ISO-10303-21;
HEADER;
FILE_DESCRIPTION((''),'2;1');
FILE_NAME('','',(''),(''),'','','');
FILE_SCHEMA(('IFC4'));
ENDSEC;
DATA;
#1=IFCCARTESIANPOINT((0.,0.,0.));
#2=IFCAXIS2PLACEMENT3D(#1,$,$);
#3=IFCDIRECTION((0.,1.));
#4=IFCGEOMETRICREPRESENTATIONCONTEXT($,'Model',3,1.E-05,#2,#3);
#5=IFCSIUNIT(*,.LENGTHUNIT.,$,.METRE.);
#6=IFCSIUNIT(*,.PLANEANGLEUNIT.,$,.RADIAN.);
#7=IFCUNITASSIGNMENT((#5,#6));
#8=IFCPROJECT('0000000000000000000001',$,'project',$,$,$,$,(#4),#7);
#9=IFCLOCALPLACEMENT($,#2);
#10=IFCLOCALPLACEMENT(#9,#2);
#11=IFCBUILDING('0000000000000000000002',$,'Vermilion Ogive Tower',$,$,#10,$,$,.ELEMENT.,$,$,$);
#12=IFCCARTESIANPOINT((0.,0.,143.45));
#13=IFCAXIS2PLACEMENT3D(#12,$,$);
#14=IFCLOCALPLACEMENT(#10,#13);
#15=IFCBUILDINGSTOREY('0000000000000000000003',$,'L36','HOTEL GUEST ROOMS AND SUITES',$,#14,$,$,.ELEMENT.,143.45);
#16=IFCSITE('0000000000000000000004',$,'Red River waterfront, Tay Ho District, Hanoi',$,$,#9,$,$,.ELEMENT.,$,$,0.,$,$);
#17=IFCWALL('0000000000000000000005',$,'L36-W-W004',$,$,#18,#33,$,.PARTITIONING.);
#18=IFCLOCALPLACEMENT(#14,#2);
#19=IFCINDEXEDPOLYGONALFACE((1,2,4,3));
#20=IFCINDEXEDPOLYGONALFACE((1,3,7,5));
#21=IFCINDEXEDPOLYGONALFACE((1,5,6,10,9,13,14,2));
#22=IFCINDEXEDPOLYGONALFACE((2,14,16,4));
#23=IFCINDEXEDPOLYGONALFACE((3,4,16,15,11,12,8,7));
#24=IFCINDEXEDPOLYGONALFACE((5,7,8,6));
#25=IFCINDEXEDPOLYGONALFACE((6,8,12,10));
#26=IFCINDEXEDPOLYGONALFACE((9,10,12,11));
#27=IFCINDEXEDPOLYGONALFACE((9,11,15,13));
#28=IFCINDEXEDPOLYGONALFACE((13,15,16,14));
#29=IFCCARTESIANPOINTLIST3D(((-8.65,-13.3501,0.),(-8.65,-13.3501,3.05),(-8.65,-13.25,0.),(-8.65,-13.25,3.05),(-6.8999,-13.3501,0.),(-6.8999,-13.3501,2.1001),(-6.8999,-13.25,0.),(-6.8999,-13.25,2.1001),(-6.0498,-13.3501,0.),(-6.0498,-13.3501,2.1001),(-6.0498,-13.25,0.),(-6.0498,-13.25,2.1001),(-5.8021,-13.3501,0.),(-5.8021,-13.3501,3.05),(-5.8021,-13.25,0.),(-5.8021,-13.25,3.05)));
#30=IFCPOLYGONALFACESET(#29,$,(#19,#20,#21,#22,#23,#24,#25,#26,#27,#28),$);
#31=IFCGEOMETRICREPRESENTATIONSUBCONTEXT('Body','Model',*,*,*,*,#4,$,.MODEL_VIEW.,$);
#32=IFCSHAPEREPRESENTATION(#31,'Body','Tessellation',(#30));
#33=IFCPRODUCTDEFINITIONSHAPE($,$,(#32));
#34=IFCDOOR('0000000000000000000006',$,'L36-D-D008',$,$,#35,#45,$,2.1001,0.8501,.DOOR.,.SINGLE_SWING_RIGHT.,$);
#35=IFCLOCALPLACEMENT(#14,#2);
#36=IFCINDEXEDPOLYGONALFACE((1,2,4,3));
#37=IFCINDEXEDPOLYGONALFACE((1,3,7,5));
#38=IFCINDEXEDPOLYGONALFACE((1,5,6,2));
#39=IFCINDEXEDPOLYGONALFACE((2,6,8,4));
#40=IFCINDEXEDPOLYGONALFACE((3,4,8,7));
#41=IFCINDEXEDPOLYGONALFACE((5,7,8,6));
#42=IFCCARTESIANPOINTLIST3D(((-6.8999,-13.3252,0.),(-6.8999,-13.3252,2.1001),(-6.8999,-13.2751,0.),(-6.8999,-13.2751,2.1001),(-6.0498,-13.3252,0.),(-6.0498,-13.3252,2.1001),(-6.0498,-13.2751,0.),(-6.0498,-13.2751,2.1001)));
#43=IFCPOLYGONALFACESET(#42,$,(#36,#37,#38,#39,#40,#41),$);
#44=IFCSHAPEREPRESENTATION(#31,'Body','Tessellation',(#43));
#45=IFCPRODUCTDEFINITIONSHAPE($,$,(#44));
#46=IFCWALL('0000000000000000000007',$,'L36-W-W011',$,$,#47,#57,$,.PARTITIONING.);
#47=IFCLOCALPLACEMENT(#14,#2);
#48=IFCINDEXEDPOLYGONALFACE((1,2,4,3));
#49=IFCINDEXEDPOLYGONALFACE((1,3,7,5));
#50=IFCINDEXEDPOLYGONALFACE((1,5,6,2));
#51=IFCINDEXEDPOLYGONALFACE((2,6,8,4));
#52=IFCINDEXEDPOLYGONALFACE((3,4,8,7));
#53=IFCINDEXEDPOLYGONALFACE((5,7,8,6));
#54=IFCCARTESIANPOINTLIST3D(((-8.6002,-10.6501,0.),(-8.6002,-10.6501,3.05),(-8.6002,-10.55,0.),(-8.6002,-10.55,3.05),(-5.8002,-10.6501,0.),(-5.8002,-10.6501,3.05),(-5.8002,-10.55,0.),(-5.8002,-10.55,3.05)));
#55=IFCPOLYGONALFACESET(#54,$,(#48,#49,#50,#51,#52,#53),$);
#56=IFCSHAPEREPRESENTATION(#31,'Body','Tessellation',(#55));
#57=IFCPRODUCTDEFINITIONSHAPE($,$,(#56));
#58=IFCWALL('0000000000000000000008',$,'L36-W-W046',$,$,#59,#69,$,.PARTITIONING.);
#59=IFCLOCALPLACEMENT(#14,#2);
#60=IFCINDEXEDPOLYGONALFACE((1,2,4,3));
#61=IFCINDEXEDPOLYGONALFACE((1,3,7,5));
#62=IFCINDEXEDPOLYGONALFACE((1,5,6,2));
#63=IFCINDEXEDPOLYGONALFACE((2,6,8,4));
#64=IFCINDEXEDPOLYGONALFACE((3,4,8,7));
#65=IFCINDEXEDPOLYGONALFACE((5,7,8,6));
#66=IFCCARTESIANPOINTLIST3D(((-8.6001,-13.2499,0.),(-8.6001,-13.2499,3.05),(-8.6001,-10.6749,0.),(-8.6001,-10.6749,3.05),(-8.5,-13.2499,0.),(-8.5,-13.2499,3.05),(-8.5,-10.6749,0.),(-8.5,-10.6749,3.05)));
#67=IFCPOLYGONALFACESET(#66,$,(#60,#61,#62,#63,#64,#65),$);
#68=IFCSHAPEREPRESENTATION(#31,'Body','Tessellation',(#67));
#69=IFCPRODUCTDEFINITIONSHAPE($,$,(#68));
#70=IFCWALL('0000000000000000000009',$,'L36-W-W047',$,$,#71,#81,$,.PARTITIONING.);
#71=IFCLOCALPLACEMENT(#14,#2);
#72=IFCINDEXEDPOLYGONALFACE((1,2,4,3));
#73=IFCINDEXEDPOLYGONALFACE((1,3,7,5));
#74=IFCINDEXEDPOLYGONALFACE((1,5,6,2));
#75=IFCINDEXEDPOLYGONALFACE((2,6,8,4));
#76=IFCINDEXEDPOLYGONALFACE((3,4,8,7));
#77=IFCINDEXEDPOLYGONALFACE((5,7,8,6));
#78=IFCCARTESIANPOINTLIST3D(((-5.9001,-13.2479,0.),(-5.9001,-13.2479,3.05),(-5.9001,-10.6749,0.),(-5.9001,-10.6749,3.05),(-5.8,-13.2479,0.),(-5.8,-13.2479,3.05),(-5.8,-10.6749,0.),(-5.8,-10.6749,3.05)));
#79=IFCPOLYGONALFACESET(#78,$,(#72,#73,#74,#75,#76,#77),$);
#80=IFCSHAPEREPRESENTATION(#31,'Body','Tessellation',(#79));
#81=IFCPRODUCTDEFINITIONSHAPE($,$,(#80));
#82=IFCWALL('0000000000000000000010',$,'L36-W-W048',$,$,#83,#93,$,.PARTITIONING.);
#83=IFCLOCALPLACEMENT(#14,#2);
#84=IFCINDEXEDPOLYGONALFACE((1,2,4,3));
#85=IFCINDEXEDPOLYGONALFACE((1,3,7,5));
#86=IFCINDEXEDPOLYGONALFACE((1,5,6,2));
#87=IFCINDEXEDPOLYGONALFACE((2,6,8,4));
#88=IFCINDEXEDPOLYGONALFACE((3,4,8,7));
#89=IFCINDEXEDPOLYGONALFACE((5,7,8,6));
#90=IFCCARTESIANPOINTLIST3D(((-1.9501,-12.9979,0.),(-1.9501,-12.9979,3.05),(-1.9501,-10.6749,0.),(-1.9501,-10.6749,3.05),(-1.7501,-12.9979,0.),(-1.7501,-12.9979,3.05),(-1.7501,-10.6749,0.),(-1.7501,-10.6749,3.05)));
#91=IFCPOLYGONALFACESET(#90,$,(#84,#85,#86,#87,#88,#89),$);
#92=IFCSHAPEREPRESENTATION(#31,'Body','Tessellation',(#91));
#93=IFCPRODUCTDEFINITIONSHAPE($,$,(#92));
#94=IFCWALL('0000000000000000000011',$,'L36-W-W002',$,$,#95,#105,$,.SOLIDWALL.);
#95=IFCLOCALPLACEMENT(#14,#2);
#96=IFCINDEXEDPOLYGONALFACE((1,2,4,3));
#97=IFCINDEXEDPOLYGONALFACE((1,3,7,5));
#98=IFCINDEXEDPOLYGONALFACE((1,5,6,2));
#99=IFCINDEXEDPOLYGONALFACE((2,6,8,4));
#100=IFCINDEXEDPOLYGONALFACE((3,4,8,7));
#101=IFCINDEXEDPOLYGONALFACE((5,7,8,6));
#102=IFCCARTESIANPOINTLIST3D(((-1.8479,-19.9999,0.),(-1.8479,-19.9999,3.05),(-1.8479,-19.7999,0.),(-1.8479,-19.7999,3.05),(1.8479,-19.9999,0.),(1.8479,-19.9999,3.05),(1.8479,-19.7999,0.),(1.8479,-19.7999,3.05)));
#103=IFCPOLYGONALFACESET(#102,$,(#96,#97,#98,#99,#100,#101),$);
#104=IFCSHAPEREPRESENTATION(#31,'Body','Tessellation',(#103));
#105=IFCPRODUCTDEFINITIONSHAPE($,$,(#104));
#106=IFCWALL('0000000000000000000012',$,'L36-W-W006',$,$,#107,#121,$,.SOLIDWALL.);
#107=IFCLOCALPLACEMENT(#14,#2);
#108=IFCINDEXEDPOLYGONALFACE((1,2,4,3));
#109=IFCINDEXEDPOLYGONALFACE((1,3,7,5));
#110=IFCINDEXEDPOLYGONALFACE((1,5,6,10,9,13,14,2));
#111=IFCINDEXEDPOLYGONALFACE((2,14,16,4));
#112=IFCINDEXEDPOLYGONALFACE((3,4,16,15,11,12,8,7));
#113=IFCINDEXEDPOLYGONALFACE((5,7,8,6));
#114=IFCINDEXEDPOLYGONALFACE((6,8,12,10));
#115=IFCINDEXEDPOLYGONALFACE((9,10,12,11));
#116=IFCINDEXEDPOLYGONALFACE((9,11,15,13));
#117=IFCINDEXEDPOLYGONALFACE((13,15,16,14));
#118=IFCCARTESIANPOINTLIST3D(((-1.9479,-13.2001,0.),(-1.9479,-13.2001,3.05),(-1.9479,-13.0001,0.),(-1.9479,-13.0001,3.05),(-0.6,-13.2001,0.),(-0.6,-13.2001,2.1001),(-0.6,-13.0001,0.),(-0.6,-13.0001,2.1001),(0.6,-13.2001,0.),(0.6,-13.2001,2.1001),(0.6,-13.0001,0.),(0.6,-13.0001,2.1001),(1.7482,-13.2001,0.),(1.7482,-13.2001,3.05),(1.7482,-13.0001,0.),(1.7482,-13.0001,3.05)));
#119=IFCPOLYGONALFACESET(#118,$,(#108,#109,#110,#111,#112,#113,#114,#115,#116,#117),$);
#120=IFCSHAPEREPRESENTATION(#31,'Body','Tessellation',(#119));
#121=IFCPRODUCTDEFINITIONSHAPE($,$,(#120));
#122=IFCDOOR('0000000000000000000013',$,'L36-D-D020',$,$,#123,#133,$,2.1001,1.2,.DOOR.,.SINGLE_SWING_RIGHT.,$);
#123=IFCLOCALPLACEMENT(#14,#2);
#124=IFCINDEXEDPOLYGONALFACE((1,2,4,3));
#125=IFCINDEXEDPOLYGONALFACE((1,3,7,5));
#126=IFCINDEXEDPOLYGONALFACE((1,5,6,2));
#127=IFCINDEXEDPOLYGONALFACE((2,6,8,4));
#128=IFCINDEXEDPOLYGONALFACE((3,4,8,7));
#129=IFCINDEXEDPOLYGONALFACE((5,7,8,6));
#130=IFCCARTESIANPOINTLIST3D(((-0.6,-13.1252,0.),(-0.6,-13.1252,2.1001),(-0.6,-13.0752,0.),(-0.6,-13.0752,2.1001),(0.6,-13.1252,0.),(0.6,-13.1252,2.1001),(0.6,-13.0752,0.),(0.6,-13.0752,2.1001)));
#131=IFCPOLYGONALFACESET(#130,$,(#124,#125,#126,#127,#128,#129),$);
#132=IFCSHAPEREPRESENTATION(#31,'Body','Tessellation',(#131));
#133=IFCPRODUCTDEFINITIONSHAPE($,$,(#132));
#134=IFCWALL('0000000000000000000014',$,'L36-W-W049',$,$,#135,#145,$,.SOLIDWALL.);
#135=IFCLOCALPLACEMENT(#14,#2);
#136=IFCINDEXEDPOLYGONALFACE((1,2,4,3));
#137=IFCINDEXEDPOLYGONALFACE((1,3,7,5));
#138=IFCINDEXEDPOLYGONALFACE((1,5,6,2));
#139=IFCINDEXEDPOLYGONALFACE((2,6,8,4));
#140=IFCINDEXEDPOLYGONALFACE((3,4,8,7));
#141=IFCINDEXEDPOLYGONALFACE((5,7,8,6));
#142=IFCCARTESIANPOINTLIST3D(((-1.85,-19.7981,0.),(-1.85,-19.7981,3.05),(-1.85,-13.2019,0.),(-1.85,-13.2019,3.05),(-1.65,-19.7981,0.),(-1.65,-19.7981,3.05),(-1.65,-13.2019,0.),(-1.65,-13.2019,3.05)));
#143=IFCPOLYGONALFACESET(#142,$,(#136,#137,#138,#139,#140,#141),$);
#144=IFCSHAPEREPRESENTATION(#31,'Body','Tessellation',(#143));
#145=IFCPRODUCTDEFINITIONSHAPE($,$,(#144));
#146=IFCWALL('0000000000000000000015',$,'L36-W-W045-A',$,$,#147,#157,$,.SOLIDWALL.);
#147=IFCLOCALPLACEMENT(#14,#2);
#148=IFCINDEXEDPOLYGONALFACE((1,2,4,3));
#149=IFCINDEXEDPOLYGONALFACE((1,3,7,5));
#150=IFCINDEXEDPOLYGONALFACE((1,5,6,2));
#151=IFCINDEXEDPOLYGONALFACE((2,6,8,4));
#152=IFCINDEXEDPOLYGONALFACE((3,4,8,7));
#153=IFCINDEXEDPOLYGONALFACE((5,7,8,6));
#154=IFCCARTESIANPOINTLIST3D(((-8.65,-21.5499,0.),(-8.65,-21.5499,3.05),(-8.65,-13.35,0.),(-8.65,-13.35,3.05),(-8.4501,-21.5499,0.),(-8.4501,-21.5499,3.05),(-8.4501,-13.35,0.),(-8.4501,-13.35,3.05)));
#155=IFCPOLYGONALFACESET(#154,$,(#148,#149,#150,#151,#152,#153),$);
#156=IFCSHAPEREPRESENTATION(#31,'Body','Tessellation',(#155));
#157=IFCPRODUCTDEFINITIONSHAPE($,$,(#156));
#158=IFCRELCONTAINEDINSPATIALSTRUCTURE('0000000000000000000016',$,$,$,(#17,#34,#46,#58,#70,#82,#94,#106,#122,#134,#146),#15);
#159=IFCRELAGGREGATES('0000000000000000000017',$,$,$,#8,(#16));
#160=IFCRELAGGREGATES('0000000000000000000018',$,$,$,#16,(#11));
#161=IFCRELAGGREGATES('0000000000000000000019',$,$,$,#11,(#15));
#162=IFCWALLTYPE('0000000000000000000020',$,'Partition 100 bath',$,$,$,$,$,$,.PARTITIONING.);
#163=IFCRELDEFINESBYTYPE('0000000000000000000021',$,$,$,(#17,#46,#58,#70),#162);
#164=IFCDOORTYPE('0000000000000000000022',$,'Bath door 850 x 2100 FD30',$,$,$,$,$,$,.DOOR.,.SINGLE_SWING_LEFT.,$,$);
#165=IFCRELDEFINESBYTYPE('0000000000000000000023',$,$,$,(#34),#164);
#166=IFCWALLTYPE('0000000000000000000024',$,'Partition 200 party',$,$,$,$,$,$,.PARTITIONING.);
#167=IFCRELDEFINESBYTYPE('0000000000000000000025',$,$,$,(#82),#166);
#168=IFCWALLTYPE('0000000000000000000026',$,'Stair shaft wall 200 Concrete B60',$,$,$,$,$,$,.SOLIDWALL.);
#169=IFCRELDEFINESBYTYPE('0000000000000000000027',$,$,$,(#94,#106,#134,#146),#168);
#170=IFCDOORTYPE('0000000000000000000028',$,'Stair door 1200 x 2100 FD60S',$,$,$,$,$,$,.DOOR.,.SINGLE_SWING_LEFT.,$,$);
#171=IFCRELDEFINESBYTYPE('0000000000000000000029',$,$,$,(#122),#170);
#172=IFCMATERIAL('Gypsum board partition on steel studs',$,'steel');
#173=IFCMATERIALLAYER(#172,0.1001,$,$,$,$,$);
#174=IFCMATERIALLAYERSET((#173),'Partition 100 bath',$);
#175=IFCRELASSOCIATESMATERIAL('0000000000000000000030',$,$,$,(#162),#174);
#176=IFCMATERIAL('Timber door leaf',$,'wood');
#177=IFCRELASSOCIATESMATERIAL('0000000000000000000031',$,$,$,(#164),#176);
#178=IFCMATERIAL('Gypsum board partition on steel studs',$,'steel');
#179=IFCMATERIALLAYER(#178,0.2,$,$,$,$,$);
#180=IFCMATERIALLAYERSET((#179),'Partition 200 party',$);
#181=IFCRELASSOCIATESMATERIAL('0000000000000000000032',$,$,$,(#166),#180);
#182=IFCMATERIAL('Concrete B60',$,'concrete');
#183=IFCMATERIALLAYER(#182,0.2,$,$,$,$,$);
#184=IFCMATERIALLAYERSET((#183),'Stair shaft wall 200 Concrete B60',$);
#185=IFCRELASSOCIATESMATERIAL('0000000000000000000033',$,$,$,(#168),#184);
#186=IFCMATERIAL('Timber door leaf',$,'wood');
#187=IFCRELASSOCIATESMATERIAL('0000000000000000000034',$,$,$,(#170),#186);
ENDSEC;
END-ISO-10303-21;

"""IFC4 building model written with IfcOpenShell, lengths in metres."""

from ifc_helpers import new_model, si_unit, direction, frame, frame_2d, origin, place, context, subcontext, project, spatial, rectangle, extrude, material, layer, layer_set, type_object, element, fill, save


model = new_model("IFC4")

# Units and contexts
model_context = context("Model", 3, precision=1e-05, world=origin(), true_north=direction((0.0, 1.0)))
body_context = subcontext(model_context, "Body", "Model", "MODEL_VIEW")
ifc_project = project(units=[si_unit("LENGTHUNIT", "METRE"), si_unit("PLANEANGLEUNIT", "RADIAN")], contexts=[model_context])

# Site, building, storey
site_placement = place(None, origin())
site = spatial("IfcSite", under=ifc_project, at=site_placement, Name="Red River waterfront, Tay Ho District, Hanoi", CompositionType="ELEMENT", RefElevation=0.0)
building_placement = place(site_placement, origin())
building = spatial("IfcBuilding", under=site, at=building_placement, Name="Vermilion Ogive Tower", CompositionType="ELEMENT")
storey_placement = place(building_placement, frame((0.0, 0.0, 143.45)))
storey = spatial("IfcBuildingStorey", under=building, at=storey_placement, Name="L36", Description="HOTEL GUEST ROOMS AND SUITES", CompositionType="ELEMENT", Elevation=143.45)

# Wall, opening, door
ifc_material_1 = material(Name="Gypsum board partition on steel studs", Category="steel")
ifc_layer_1 = layer(ifc_material_1, 0.1001)
ifc_layer_set_1 = layer_set([ifc_layer_1], Name="Partition 100 bath")
wall_type_1 = type_object("IfcWallType", Name="Partition 100 bath", PredefinedType="PARTITIONING", material=ifc_layer_set_1)
wall_1_placement = place(storey_placement, frame((-8.6499, -13.3, 0.0), z_axis=(0.0, 0.0, 1.0), x_axis=(1.0, 0.0, 0.0)))
wall_1 = element("IfcWall", 1, at=wall_1_placement, inside=storey, type_object=wall_type_1, Name="L36-W-W004", PredefinedType="PARTITIONING", context=body_context, shape_type="SweptSolid", body=[
    extrude(rectangle(XDim=2.8479, YDim=0.1001, at=frame_2d((1.4238, 0.0))), origin(), (0.0, 0.0, 1.0), 3.05),
])
opening_1_placement = place(wall_1_placement, frame((1.75, 0.0, 0.0)))
opening_1 = element("IfcOpeningElement", 2, at=opening_1_placement, cuts=wall_1, PredefinedType="OPENING", context=body_context, shape_type="SweptSolid", body=[
    extrude(rectangle(XDim=0.8501, YDim=2.1001, at=frame_2d((0.425, 1.05))), frame((0.0, 0.0601, 0.0), z_axis=(0.0, -1.0, 0.0), x_axis=(1.0, 0.0, 0.0)), (0.0, 0.0, 1.0), 0.1201),
])
ifc_material_2 = material(Name="Timber door leaf", Category="wood")
door_type_1 = type_object("IfcDoorType", Name="Bath door 850 x 2100 FD30", OperationType="SINGLE_SWING_LEFT", PredefinedType="DOOR", material=ifc_material_2)
door_1_placement = place(opening_1_placement, origin())
door_1 = element("IfcDoor", 3, at=door_1_placement, inside=storey, type_object=door_type_1, Name="L36-D-D008", OperationType="SINGLE_SWING_RIGHT", OverallHeight=2.1001, OverallWidth=0.8501, PredefinedType="DOOR", context=body_context, shape_type="SweptSolid", body=[
    extrude(rectangle(XDim=0.8501, YDim=2.1001, at=frame_2d((0.425, 1.05))), frame((0.0, 0.0249, 0.0), z_axis=(0.0, -1.0, 0.0), x_axis=(1.0, 0.0, 0.0)), (0.0, 0.0, 1.0), 0.05),
])
fill(opening_1, door_1)

# Walls
wall_2_placement = place(storey_placement, frame((-8.6001, -10.6001, 0.0), z_axis=(0.0, 0.0, 1.0), x_axis=(1.0, 0.0, 0.0)))
element("IfcWall", 4, at=wall_2_placement, inside=storey, type_object=wall_type_1, Name="L36-W-W011", PredefinedType="PARTITIONING", context=body_context, shape_type="SweptSolid", body=[
    extrude(rectangle(XDim=2.8, YDim=0.1001, at=frame_2d((1.3999, 0.0))), origin(), (0.0, 0.0, 1.0), 3.05),
])
wall_3_placement = place(storey_placement, frame((-8.55, -13.25, 0.0), z_axis=(0.0, 0.0, 1.0), x_axis=(0.0, 1.0, 0.0)))
element("IfcWall", 5, at=wall_3_placement, inside=storey, type_object=wall_type_1, Name="L36-W-W046", PredefinedType="PARTITIONING", context=body_context, shape_type="SweptSolid", body=[
    extrude(rectangle(XDim=2.575, YDim=0.1001, at=frame_2d((1.2876, 0.0))), origin(), (0.0, 0.0, 1.0), 3.05),
])
wall_4_placement = place(storey_placement, frame((-5.8501, -13.248, 0.0), z_axis=(0.0, 0.0, 1.0), x_axis=(0.0, 1.0, 0.0)))
element("IfcWall", 6, at=wall_4_placement, inside=storey, type_object=wall_type_1, Name="L36-W-W047", PredefinedType="PARTITIONING", context=body_context, shape_type="SweptSolid", body=[
    extrude(rectangle(XDim=2.573, YDim=0.1001, at=frame_2d((1.2866, 0.0))), origin(), (0.0, 0.0, 1.0), 3.05),
])
ifc_material_3 = material(Name="Gypsum board partition on steel studs", Category="steel")
ifc_layer_2 = layer(ifc_material_3, 0.2)
ifc_layer_set_2 = layer_set([ifc_layer_2], Name="Partition 200 party")
wall_type_2 = type_object("IfcWallType", Name="Partition 200 party", PredefinedType="PARTITIONING", material=ifc_layer_set_2)
wall_5_placement = place(storey_placement, frame((-1.8501, -12.998, 0.0), z_axis=(0.0, 0.0, 1.0), x_axis=(0.0, 1.0, 0.0)))
element("IfcWall", 7, at=wall_5_placement, inside=storey, type_object=wall_type_2, Name="L36-W-W048", PredefinedType="PARTITIONING", context=body_context, shape_type="SweptSolid", body=[
    extrude(rectangle(XDim=2.323, YDim=0.2, at=frame_2d((1.1616, 0.0))), origin(), (0.0, 0.0, 1.0), 3.05),
])
ifc_material_4 = material(Name="Concrete B60", Category="concrete")
ifc_layer_3 = layer(ifc_material_4, 0.2)
ifc_layer_set_3 = layer_set([ifc_layer_3], Name="Stair shaft wall 200 Concrete B60")
wall_type_3 = type_object("IfcWallType", Name="Stair shaft wall 200 Concrete B60", PredefinedType="SOLIDWALL", material=ifc_layer_set_3)
wall_6_placement = place(storey_placement, frame((-1.8479, -19.8999, 0.0), z_axis=(0.0, 0.0, 1.0), x_axis=(1.0, 0.0, 0.0)))
element("IfcWall", 8, at=wall_6_placement, inside=storey, type_object=wall_type_3, Name="L36-W-W002", PredefinedType="SOLIDWALL", context=body_context, shape_type="SweptSolid", body=[
    extrude(rectangle(XDim=3.6958, YDim=0.2, at=frame_2d((1.8479, 0.0))), origin(), (0.0, 0.0, 1.0), 3.05),
])

# Wall, opening, door
wall_7_placement = place(storey_placement, frame((-1.948, -13.1001, 0.0), z_axis=(0.0, 0.0, 1.0), x_axis=(1.0, 0.0, 0.0)))
wall_7 = element("IfcWall", 9, at=wall_7_placement, inside=storey, type_object=wall_type_3, Name="L36-W-W006", PredefinedType="SOLIDWALL", context=body_context, shape_type="SweptSolid", body=[
    extrude(rectangle(XDim=3.696, YDim=0.2, at=frame_2d((1.8481, 0.0))), origin(), (0.0, 0.0, 1.0), 3.05),
])
opening_2_placement = place(wall_7_placement, frame((1.3479, 0.0, 0.0)))
opening_2 = element("IfcOpeningElement", 10, at=opening_2_placement, cuts=wall_7, PredefinedType="OPENING", context=body_context, shape_type="SweptSolid", body=[
    extrude(rectangle(XDim=1.2, YDim=2.1001, at=frame_2d((0.6001, 1.05))), frame((0.0, 0.1099, 0.0), z_axis=(0.0, -1.0, 0.0), x_axis=(1.0, 0.0, 0.0)), (0.0, 0.0, 1.0), 0.22),
])
ifc_material_5 = material(Name="Timber door leaf", Category="wood")
door_type_2 = type_object("IfcDoorType", Name="Stair door 1200 x 2100 FD60S", OperationType="SINGLE_SWING_LEFT", PredefinedType="DOOR", material=ifc_material_5)
door_2_placement = place(opening_2_placement, origin())
door_2 = element("IfcDoor", 11, at=door_2_placement, inside=storey, type_object=door_type_2, Name="L36-D-D020", OperationType="SINGLE_SWING_RIGHT", OverallHeight=2.1001, OverallWidth=1.2, PredefinedType="DOOR", context=body_context, shape_type="SweptSolid", body=[
    extrude(rectangle(XDim=1.2, YDim=2.1001, at=frame_2d((0.6001, 1.05))), frame((0.0, 0.0249, 0.0), z_axis=(0.0, -1.0, 0.0), x_axis=(1.0, 0.0, 0.0)), (0.0, 0.0, 1.0), 0.05),
])
fill(opening_2, door_2)

# Walls
wall_8_placement = place(storey_placement, frame((-1.75, -19.7981, 0.0), z_axis=(0.0, 0.0, 1.0), x_axis=(0.0, 1.0, 0.0)))
element("IfcWall", 12, at=wall_8_placement, inside=storey, type_object=wall_type_3, Name="L36-W-W049", PredefinedType="SOLIDWALL", context=body_context, shape_type="SweptSolid", body=[
    extrude(rectangle(XDim=6.5962, YDim=0.2, at=frame_2d((3.2981, 0.0))), origin(), (0.0, 0.0, 1.0), 3.05),
])
wall_9_placement = place(storey_placement, frame((-8.55, -21.55, 0.0), z_axis=(0.0, 0.0, 1.0), x_axis=(0.0, 1.0, 0.0)))
element("IfcWall", 13, at=wall_9_placement, inside=storey, type_object=wall_type_3, Name="L36-W-W045-A", PredefinedType="SOLIDWALL", context=body_context, shape_type="SweptSolid", body=[
    extrude(rectangle(XDim=8.2, YDim=0.2, at=frame_2d((4.1001, 0.0))), origin(), (0.0, 0.0, 1.0), 3.05),
])

save(model, "model.ifc")
